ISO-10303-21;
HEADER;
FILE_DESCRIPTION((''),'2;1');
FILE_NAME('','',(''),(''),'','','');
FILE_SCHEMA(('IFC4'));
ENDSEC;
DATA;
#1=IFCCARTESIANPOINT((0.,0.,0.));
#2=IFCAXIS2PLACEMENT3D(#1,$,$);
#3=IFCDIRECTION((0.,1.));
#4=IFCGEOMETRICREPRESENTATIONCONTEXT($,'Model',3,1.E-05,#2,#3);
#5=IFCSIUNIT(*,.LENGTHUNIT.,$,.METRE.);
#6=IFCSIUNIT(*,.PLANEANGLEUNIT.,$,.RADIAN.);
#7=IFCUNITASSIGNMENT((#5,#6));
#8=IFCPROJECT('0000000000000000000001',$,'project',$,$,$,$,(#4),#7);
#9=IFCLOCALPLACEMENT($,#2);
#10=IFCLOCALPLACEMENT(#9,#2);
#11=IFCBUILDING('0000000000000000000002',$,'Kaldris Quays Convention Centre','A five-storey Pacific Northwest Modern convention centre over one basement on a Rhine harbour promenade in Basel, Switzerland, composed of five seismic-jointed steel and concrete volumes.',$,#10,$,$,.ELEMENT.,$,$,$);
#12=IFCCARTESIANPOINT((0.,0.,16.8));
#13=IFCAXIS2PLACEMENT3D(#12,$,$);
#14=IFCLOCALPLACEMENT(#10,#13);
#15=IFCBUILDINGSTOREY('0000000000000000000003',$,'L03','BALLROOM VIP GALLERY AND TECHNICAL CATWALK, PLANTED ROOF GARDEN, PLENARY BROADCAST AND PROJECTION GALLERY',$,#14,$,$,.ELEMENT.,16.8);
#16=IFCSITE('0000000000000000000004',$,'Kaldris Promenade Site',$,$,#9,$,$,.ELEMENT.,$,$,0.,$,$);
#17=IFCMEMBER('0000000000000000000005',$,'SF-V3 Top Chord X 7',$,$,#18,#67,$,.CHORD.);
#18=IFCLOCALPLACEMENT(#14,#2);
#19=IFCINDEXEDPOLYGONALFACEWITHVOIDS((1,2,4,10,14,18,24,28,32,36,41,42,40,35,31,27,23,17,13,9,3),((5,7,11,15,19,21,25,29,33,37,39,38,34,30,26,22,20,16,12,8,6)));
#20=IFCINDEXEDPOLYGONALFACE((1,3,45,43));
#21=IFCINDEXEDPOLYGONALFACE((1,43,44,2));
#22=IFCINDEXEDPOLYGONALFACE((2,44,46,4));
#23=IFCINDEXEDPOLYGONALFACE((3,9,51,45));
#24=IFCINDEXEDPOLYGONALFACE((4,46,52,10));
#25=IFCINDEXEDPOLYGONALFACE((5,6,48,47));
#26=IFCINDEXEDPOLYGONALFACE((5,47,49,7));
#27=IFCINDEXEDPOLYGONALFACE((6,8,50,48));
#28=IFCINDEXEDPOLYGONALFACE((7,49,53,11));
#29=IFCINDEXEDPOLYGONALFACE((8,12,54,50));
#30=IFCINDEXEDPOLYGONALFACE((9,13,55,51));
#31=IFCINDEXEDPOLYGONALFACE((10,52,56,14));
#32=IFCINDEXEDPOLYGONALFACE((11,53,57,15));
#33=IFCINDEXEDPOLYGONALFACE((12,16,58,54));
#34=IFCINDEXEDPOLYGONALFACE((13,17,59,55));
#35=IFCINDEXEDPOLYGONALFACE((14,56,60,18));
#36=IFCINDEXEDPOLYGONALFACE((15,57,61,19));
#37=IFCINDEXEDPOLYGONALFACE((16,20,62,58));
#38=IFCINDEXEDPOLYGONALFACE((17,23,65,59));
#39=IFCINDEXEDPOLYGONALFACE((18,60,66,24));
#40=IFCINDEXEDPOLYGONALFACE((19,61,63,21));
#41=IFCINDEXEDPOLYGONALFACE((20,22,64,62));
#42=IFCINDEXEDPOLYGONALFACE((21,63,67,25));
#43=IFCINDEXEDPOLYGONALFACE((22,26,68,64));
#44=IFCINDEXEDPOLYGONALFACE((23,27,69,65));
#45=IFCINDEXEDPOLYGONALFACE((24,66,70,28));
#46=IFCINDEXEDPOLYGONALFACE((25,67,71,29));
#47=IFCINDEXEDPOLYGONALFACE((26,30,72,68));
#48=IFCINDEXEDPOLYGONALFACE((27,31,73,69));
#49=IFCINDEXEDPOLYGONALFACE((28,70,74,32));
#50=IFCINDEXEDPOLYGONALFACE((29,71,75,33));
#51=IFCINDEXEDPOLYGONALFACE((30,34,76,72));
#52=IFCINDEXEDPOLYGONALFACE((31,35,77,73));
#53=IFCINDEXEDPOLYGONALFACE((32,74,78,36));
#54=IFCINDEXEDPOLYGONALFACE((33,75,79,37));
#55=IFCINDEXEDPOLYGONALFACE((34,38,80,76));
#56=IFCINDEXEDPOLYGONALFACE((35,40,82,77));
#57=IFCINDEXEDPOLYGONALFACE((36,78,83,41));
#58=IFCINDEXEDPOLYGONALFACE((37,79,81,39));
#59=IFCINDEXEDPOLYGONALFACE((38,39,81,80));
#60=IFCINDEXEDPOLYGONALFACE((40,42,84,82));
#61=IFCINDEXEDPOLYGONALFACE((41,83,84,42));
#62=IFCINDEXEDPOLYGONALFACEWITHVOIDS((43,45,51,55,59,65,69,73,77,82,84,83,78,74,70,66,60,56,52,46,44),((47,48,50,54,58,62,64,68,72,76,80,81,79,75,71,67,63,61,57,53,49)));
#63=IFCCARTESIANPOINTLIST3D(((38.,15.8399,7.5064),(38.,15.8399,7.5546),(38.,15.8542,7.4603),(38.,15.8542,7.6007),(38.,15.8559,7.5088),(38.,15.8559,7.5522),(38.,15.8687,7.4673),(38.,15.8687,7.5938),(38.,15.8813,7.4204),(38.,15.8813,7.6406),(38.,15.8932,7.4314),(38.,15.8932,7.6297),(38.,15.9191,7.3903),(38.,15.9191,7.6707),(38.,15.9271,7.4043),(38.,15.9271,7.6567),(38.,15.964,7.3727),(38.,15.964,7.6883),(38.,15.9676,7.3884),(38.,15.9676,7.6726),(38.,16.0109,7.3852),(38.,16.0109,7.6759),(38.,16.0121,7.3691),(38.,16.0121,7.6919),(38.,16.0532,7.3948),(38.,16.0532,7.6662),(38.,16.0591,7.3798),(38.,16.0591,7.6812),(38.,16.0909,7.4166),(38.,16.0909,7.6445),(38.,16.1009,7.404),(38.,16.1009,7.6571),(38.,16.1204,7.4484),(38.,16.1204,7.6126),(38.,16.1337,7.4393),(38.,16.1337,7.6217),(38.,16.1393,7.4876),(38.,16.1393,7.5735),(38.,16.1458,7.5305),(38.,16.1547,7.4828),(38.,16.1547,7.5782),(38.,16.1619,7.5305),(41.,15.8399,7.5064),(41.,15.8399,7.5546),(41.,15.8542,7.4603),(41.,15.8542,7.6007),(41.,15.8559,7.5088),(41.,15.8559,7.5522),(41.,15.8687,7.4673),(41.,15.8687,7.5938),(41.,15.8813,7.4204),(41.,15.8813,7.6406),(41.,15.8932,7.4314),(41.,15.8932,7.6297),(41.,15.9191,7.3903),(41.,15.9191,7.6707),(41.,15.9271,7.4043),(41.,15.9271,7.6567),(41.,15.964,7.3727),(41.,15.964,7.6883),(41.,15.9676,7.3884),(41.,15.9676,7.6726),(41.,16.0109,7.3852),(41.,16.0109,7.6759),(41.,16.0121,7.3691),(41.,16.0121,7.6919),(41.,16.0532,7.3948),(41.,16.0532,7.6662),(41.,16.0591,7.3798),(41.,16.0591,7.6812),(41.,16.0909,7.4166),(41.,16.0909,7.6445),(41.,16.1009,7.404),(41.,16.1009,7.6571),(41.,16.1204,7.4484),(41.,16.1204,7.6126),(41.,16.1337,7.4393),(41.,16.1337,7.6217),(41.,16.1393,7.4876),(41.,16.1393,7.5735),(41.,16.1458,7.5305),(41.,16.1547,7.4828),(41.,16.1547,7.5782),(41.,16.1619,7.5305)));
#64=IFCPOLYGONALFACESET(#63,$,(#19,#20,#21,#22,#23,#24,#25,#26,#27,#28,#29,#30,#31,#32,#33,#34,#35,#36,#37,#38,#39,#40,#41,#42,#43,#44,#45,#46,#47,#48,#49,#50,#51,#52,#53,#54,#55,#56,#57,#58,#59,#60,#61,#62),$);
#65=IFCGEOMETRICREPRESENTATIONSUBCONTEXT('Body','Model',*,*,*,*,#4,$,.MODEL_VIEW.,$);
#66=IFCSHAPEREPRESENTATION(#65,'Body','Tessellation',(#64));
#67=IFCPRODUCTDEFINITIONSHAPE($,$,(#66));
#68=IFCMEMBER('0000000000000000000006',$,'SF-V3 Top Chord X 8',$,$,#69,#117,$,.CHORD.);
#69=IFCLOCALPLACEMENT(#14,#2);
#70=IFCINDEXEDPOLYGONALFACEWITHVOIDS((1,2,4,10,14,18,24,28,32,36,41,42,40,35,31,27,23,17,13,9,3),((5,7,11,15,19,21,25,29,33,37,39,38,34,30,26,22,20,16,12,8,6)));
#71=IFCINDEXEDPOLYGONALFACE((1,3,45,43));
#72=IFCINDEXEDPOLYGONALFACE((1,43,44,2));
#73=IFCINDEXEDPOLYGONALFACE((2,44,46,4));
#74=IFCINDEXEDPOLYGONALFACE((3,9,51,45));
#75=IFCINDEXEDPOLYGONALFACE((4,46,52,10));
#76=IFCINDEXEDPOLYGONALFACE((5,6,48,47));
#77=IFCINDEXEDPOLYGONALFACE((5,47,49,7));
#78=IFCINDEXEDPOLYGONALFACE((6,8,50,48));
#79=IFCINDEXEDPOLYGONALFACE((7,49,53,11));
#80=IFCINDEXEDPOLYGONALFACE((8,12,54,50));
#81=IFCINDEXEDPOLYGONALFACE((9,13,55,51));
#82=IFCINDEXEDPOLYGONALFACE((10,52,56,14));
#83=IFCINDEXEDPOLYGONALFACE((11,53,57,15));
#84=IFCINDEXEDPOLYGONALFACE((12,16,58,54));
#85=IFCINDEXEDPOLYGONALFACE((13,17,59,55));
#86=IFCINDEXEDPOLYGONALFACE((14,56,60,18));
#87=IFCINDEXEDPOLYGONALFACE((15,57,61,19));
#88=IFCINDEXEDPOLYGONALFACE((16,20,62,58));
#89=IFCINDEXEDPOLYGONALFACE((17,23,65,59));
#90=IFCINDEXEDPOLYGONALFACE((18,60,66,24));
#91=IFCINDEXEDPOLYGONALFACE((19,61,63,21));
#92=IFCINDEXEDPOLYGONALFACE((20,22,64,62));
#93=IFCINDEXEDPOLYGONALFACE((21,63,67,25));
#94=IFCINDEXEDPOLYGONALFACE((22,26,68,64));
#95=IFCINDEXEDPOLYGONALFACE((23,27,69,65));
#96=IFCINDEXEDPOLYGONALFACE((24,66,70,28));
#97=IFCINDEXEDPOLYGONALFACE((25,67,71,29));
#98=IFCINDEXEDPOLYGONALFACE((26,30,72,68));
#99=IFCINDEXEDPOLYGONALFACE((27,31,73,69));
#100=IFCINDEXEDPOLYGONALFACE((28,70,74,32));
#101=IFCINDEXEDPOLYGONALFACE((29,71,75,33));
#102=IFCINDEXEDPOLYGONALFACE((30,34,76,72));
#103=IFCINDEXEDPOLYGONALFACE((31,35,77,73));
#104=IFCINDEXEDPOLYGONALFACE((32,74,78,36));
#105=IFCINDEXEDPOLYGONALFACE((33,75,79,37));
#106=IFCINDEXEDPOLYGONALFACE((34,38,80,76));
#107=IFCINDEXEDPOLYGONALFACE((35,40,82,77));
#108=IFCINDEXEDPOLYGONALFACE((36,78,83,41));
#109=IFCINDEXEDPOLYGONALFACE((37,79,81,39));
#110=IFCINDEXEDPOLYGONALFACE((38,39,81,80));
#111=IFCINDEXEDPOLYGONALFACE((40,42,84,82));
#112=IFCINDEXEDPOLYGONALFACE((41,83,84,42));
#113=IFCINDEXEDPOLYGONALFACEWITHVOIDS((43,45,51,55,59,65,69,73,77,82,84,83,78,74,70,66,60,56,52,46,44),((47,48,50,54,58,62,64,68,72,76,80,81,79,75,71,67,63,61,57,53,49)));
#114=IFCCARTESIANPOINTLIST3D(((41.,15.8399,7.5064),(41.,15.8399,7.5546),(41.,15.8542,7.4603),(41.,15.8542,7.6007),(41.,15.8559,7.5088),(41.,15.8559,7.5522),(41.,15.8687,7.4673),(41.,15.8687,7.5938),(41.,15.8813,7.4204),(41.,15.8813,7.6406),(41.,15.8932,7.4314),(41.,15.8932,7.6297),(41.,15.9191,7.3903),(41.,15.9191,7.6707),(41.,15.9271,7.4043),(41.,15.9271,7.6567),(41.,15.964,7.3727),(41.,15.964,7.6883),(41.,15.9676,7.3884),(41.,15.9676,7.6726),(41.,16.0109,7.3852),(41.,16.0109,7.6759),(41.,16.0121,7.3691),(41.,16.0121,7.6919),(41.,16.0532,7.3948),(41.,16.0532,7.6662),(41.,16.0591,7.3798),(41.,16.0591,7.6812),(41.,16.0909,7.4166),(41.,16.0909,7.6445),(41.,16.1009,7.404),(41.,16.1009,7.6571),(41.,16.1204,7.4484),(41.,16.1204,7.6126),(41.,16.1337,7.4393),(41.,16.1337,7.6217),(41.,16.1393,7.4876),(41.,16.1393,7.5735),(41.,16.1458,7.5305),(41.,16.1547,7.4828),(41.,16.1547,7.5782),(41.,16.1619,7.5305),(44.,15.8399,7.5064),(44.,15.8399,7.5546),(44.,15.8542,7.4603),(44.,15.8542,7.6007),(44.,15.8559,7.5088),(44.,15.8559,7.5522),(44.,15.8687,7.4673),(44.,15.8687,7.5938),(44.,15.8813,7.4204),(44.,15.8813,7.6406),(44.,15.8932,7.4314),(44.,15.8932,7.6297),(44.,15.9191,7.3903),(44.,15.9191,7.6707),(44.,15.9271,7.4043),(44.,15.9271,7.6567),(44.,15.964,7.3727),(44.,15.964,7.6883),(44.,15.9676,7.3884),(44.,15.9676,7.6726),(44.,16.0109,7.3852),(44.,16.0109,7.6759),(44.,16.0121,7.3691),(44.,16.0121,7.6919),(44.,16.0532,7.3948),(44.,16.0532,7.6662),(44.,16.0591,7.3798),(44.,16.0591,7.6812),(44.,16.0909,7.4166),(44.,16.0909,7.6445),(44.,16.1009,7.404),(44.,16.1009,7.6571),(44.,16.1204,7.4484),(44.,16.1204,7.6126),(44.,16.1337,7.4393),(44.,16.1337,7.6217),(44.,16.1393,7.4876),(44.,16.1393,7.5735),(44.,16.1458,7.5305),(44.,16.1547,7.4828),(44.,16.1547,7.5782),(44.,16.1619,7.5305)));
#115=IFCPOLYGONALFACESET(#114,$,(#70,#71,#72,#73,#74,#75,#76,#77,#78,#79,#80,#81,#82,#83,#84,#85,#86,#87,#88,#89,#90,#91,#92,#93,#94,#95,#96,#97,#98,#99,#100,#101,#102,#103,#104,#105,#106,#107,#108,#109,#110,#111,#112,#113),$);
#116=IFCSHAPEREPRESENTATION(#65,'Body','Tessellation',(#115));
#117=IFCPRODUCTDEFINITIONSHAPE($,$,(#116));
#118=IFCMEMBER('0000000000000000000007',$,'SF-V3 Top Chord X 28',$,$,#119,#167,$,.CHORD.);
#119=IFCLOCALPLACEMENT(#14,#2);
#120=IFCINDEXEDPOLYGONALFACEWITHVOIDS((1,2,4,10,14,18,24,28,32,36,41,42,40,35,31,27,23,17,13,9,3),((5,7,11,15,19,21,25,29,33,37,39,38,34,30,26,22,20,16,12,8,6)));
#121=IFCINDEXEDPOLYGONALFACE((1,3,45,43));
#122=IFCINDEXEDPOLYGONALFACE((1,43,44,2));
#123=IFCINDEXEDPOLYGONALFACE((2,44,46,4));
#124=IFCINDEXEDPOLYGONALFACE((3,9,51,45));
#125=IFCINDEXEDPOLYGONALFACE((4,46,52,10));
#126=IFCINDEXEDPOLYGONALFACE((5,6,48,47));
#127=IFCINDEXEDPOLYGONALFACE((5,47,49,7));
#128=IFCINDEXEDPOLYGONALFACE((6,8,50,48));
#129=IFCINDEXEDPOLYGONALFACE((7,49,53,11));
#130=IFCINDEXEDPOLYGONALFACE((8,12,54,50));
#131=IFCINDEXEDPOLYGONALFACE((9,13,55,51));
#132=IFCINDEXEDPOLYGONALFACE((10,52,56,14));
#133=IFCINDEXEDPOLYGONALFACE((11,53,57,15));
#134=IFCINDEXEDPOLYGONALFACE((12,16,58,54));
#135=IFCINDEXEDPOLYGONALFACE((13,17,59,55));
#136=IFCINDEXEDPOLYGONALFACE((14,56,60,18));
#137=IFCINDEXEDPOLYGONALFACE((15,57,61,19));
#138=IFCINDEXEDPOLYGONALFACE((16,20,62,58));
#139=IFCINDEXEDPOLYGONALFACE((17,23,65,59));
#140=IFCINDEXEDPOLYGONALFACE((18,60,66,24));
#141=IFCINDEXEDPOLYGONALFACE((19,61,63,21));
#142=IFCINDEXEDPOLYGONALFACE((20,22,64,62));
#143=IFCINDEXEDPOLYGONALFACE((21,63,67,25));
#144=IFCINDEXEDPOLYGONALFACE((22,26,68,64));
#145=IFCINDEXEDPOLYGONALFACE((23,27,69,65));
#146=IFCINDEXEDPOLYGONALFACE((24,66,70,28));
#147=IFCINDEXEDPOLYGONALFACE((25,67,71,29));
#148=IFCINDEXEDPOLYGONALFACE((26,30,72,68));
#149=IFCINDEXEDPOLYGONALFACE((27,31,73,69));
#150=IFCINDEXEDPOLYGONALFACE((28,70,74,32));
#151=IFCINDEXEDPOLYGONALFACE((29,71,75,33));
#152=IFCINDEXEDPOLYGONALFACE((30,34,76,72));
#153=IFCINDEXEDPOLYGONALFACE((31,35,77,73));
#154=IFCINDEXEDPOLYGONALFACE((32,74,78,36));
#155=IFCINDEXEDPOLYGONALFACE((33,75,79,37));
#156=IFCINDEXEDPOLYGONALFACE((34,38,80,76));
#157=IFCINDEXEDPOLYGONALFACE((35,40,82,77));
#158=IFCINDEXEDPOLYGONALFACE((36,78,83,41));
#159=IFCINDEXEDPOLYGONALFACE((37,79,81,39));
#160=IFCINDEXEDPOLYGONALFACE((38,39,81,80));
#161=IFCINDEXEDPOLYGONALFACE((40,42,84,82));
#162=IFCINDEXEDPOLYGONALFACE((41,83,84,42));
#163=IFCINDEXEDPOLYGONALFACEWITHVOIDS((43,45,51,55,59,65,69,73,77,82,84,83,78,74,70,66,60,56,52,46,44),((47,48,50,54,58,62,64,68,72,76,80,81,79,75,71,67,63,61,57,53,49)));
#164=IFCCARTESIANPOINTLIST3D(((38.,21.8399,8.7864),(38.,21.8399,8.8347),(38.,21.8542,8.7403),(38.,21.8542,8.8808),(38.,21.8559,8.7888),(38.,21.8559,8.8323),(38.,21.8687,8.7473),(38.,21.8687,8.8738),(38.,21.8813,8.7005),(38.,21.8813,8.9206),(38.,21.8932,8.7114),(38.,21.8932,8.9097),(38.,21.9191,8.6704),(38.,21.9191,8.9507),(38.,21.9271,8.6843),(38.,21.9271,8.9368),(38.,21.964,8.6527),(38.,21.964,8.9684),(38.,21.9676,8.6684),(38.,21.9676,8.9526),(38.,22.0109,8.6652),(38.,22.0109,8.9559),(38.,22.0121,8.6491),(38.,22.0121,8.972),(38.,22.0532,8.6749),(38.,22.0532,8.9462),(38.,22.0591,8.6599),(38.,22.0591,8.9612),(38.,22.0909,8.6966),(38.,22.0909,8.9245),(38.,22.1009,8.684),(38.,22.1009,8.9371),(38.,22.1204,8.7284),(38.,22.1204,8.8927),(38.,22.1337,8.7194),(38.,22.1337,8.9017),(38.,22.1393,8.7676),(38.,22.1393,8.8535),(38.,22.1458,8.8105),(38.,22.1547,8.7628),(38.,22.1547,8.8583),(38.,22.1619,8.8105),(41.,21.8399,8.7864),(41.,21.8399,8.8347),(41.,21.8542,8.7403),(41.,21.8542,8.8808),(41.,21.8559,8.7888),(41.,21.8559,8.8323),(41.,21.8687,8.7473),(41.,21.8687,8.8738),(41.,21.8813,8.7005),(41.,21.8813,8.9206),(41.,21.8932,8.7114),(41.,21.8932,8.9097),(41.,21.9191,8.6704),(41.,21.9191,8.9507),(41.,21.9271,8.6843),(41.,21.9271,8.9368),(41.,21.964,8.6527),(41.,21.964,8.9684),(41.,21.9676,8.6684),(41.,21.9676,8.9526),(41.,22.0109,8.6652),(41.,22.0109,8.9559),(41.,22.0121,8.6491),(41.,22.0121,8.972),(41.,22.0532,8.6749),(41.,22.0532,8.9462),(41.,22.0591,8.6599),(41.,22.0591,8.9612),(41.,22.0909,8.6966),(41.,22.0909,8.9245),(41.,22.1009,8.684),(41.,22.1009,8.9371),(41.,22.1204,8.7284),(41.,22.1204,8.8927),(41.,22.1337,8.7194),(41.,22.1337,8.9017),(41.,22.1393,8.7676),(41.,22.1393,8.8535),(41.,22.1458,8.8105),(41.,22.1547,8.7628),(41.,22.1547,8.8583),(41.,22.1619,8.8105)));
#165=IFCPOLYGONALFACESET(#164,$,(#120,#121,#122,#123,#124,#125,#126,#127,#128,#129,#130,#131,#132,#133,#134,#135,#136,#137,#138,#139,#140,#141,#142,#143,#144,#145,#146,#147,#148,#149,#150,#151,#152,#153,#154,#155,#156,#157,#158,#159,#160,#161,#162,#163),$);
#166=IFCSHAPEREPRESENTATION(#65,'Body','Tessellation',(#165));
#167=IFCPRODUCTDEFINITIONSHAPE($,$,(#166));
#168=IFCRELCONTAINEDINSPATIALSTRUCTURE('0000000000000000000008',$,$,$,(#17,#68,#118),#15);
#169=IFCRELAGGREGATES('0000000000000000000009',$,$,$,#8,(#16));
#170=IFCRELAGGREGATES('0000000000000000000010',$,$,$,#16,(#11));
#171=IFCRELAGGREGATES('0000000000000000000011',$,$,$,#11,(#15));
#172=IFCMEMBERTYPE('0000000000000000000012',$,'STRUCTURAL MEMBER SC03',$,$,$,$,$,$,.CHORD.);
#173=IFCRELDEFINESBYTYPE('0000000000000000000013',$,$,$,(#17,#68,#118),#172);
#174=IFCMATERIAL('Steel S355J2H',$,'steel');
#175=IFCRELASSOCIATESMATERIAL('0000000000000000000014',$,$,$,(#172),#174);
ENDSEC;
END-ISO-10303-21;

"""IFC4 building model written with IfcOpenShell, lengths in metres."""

from ifc_helpers import new_model, si_unit, direction, frame, origin, origin_2d, place, context, subcontext, project, spatial, hollow_circle, extrude, material, material_profile, profile_set, type_object, element, save


model = new_model("IFC4")

# Units and contexts
model_context = context("Model", 3, precision=1e-05, world=origin(), true_north=direction((0.0, 1.0)))
body_context = subcontext(model_context, "Body", "Model", "MODEL_VIEW")
ifc_project = project(units=[si_unit("LENGTHUNIT", "METRE"), si_unit("PLANEANGLEUNIT", "RADIAN")], contexts=[model_context])

# Site, building, storey
site_placement = place(None, origin())
site = spatial("IfcSite", under=ifc_project, at=site_placement, Name="Kaldris Promenade Site", CompositionType="ELEMENT", RefElevation=0.0)
building_placement = place(site_placement, origin())
building = spatial("IfcBuilding", under=site, at=building_placement, Name="Kaldris Quays Convention Centre", Description="A five-storey Pacific Northwest Modern convention centre over one basement on a Rhine harbour promenade in Basel, Switzerland, composed of five seismic-jointed steel and concrete volumes.", CompositionType="ELEMENT")
storey_placement = place(building_placement, frame((0.0, 0.0, 16.8)))
storey = spatial("IfcBuildingStorey", under=building, at=storey_placement, Name="L03", Description="BALLROOM VIP GALLERY AND TECHNICAL CATWALK, PLANTED ROOF GARDEN, PLENARY BROADCAST AND PROJECTION GALLERY", CompositionType="ELEMENT", Elevation=16.8)

# Members
ifc_material_1 = material(Name="Steel S355J2H", Category="steel")
ifc_material_profile_1 = material_profile(ifc_material_1, hollow_circle(Radius=0.1619, WallThickness=0.0161, at=origin_2d()), Name="CHS 323.9x16")
ifc_profile_set_1 = profile_set([ifc_material_profile_1], Name="Steel S355J2H")
member_type_1 = type_object("IfcMemberType", Name="STRUCTURAL MEMBER SC03", PredefinedType="CHORD", material=ifc_profile_set_1)
for number, where, z_axis, x_axis, name in (
    (1, (38.0, 16.0, 7.5305), (1.0, 0.0, 0.0), (0.0, 1.0, 0.0), "SF-V3 Top Chord X 7"),
    (2, (41.0, 16.0, 7.5305), (1.0, 0.0, 0.0), (0.0, 1.0, 0.0), "SF-V3 Top Chord X 8"),
    (3, (38.0, 22.0, 8.8105), (1.0, 0.0, 0.0), (0.0, 1.0, 0.0), "SF-V3 Top Chord X 28"),
):
    element("IfcMember", number, at=place(storey_placement, frame(where, z_axis=z_axis, x_axis=x_axis)), inside=storey, type_object=member_type_1, Name=name, PredefinedType="CHORD", context=body_context, shape_type="SweptSolid", body=[
        extrude(hollow_circle(Radius=0.1619, WallThickness=0.0161, at=origin_2d()), origin(), (0.0, 0.0, 1.0), 3.0),
    ])

save(model, "model.ifc")
